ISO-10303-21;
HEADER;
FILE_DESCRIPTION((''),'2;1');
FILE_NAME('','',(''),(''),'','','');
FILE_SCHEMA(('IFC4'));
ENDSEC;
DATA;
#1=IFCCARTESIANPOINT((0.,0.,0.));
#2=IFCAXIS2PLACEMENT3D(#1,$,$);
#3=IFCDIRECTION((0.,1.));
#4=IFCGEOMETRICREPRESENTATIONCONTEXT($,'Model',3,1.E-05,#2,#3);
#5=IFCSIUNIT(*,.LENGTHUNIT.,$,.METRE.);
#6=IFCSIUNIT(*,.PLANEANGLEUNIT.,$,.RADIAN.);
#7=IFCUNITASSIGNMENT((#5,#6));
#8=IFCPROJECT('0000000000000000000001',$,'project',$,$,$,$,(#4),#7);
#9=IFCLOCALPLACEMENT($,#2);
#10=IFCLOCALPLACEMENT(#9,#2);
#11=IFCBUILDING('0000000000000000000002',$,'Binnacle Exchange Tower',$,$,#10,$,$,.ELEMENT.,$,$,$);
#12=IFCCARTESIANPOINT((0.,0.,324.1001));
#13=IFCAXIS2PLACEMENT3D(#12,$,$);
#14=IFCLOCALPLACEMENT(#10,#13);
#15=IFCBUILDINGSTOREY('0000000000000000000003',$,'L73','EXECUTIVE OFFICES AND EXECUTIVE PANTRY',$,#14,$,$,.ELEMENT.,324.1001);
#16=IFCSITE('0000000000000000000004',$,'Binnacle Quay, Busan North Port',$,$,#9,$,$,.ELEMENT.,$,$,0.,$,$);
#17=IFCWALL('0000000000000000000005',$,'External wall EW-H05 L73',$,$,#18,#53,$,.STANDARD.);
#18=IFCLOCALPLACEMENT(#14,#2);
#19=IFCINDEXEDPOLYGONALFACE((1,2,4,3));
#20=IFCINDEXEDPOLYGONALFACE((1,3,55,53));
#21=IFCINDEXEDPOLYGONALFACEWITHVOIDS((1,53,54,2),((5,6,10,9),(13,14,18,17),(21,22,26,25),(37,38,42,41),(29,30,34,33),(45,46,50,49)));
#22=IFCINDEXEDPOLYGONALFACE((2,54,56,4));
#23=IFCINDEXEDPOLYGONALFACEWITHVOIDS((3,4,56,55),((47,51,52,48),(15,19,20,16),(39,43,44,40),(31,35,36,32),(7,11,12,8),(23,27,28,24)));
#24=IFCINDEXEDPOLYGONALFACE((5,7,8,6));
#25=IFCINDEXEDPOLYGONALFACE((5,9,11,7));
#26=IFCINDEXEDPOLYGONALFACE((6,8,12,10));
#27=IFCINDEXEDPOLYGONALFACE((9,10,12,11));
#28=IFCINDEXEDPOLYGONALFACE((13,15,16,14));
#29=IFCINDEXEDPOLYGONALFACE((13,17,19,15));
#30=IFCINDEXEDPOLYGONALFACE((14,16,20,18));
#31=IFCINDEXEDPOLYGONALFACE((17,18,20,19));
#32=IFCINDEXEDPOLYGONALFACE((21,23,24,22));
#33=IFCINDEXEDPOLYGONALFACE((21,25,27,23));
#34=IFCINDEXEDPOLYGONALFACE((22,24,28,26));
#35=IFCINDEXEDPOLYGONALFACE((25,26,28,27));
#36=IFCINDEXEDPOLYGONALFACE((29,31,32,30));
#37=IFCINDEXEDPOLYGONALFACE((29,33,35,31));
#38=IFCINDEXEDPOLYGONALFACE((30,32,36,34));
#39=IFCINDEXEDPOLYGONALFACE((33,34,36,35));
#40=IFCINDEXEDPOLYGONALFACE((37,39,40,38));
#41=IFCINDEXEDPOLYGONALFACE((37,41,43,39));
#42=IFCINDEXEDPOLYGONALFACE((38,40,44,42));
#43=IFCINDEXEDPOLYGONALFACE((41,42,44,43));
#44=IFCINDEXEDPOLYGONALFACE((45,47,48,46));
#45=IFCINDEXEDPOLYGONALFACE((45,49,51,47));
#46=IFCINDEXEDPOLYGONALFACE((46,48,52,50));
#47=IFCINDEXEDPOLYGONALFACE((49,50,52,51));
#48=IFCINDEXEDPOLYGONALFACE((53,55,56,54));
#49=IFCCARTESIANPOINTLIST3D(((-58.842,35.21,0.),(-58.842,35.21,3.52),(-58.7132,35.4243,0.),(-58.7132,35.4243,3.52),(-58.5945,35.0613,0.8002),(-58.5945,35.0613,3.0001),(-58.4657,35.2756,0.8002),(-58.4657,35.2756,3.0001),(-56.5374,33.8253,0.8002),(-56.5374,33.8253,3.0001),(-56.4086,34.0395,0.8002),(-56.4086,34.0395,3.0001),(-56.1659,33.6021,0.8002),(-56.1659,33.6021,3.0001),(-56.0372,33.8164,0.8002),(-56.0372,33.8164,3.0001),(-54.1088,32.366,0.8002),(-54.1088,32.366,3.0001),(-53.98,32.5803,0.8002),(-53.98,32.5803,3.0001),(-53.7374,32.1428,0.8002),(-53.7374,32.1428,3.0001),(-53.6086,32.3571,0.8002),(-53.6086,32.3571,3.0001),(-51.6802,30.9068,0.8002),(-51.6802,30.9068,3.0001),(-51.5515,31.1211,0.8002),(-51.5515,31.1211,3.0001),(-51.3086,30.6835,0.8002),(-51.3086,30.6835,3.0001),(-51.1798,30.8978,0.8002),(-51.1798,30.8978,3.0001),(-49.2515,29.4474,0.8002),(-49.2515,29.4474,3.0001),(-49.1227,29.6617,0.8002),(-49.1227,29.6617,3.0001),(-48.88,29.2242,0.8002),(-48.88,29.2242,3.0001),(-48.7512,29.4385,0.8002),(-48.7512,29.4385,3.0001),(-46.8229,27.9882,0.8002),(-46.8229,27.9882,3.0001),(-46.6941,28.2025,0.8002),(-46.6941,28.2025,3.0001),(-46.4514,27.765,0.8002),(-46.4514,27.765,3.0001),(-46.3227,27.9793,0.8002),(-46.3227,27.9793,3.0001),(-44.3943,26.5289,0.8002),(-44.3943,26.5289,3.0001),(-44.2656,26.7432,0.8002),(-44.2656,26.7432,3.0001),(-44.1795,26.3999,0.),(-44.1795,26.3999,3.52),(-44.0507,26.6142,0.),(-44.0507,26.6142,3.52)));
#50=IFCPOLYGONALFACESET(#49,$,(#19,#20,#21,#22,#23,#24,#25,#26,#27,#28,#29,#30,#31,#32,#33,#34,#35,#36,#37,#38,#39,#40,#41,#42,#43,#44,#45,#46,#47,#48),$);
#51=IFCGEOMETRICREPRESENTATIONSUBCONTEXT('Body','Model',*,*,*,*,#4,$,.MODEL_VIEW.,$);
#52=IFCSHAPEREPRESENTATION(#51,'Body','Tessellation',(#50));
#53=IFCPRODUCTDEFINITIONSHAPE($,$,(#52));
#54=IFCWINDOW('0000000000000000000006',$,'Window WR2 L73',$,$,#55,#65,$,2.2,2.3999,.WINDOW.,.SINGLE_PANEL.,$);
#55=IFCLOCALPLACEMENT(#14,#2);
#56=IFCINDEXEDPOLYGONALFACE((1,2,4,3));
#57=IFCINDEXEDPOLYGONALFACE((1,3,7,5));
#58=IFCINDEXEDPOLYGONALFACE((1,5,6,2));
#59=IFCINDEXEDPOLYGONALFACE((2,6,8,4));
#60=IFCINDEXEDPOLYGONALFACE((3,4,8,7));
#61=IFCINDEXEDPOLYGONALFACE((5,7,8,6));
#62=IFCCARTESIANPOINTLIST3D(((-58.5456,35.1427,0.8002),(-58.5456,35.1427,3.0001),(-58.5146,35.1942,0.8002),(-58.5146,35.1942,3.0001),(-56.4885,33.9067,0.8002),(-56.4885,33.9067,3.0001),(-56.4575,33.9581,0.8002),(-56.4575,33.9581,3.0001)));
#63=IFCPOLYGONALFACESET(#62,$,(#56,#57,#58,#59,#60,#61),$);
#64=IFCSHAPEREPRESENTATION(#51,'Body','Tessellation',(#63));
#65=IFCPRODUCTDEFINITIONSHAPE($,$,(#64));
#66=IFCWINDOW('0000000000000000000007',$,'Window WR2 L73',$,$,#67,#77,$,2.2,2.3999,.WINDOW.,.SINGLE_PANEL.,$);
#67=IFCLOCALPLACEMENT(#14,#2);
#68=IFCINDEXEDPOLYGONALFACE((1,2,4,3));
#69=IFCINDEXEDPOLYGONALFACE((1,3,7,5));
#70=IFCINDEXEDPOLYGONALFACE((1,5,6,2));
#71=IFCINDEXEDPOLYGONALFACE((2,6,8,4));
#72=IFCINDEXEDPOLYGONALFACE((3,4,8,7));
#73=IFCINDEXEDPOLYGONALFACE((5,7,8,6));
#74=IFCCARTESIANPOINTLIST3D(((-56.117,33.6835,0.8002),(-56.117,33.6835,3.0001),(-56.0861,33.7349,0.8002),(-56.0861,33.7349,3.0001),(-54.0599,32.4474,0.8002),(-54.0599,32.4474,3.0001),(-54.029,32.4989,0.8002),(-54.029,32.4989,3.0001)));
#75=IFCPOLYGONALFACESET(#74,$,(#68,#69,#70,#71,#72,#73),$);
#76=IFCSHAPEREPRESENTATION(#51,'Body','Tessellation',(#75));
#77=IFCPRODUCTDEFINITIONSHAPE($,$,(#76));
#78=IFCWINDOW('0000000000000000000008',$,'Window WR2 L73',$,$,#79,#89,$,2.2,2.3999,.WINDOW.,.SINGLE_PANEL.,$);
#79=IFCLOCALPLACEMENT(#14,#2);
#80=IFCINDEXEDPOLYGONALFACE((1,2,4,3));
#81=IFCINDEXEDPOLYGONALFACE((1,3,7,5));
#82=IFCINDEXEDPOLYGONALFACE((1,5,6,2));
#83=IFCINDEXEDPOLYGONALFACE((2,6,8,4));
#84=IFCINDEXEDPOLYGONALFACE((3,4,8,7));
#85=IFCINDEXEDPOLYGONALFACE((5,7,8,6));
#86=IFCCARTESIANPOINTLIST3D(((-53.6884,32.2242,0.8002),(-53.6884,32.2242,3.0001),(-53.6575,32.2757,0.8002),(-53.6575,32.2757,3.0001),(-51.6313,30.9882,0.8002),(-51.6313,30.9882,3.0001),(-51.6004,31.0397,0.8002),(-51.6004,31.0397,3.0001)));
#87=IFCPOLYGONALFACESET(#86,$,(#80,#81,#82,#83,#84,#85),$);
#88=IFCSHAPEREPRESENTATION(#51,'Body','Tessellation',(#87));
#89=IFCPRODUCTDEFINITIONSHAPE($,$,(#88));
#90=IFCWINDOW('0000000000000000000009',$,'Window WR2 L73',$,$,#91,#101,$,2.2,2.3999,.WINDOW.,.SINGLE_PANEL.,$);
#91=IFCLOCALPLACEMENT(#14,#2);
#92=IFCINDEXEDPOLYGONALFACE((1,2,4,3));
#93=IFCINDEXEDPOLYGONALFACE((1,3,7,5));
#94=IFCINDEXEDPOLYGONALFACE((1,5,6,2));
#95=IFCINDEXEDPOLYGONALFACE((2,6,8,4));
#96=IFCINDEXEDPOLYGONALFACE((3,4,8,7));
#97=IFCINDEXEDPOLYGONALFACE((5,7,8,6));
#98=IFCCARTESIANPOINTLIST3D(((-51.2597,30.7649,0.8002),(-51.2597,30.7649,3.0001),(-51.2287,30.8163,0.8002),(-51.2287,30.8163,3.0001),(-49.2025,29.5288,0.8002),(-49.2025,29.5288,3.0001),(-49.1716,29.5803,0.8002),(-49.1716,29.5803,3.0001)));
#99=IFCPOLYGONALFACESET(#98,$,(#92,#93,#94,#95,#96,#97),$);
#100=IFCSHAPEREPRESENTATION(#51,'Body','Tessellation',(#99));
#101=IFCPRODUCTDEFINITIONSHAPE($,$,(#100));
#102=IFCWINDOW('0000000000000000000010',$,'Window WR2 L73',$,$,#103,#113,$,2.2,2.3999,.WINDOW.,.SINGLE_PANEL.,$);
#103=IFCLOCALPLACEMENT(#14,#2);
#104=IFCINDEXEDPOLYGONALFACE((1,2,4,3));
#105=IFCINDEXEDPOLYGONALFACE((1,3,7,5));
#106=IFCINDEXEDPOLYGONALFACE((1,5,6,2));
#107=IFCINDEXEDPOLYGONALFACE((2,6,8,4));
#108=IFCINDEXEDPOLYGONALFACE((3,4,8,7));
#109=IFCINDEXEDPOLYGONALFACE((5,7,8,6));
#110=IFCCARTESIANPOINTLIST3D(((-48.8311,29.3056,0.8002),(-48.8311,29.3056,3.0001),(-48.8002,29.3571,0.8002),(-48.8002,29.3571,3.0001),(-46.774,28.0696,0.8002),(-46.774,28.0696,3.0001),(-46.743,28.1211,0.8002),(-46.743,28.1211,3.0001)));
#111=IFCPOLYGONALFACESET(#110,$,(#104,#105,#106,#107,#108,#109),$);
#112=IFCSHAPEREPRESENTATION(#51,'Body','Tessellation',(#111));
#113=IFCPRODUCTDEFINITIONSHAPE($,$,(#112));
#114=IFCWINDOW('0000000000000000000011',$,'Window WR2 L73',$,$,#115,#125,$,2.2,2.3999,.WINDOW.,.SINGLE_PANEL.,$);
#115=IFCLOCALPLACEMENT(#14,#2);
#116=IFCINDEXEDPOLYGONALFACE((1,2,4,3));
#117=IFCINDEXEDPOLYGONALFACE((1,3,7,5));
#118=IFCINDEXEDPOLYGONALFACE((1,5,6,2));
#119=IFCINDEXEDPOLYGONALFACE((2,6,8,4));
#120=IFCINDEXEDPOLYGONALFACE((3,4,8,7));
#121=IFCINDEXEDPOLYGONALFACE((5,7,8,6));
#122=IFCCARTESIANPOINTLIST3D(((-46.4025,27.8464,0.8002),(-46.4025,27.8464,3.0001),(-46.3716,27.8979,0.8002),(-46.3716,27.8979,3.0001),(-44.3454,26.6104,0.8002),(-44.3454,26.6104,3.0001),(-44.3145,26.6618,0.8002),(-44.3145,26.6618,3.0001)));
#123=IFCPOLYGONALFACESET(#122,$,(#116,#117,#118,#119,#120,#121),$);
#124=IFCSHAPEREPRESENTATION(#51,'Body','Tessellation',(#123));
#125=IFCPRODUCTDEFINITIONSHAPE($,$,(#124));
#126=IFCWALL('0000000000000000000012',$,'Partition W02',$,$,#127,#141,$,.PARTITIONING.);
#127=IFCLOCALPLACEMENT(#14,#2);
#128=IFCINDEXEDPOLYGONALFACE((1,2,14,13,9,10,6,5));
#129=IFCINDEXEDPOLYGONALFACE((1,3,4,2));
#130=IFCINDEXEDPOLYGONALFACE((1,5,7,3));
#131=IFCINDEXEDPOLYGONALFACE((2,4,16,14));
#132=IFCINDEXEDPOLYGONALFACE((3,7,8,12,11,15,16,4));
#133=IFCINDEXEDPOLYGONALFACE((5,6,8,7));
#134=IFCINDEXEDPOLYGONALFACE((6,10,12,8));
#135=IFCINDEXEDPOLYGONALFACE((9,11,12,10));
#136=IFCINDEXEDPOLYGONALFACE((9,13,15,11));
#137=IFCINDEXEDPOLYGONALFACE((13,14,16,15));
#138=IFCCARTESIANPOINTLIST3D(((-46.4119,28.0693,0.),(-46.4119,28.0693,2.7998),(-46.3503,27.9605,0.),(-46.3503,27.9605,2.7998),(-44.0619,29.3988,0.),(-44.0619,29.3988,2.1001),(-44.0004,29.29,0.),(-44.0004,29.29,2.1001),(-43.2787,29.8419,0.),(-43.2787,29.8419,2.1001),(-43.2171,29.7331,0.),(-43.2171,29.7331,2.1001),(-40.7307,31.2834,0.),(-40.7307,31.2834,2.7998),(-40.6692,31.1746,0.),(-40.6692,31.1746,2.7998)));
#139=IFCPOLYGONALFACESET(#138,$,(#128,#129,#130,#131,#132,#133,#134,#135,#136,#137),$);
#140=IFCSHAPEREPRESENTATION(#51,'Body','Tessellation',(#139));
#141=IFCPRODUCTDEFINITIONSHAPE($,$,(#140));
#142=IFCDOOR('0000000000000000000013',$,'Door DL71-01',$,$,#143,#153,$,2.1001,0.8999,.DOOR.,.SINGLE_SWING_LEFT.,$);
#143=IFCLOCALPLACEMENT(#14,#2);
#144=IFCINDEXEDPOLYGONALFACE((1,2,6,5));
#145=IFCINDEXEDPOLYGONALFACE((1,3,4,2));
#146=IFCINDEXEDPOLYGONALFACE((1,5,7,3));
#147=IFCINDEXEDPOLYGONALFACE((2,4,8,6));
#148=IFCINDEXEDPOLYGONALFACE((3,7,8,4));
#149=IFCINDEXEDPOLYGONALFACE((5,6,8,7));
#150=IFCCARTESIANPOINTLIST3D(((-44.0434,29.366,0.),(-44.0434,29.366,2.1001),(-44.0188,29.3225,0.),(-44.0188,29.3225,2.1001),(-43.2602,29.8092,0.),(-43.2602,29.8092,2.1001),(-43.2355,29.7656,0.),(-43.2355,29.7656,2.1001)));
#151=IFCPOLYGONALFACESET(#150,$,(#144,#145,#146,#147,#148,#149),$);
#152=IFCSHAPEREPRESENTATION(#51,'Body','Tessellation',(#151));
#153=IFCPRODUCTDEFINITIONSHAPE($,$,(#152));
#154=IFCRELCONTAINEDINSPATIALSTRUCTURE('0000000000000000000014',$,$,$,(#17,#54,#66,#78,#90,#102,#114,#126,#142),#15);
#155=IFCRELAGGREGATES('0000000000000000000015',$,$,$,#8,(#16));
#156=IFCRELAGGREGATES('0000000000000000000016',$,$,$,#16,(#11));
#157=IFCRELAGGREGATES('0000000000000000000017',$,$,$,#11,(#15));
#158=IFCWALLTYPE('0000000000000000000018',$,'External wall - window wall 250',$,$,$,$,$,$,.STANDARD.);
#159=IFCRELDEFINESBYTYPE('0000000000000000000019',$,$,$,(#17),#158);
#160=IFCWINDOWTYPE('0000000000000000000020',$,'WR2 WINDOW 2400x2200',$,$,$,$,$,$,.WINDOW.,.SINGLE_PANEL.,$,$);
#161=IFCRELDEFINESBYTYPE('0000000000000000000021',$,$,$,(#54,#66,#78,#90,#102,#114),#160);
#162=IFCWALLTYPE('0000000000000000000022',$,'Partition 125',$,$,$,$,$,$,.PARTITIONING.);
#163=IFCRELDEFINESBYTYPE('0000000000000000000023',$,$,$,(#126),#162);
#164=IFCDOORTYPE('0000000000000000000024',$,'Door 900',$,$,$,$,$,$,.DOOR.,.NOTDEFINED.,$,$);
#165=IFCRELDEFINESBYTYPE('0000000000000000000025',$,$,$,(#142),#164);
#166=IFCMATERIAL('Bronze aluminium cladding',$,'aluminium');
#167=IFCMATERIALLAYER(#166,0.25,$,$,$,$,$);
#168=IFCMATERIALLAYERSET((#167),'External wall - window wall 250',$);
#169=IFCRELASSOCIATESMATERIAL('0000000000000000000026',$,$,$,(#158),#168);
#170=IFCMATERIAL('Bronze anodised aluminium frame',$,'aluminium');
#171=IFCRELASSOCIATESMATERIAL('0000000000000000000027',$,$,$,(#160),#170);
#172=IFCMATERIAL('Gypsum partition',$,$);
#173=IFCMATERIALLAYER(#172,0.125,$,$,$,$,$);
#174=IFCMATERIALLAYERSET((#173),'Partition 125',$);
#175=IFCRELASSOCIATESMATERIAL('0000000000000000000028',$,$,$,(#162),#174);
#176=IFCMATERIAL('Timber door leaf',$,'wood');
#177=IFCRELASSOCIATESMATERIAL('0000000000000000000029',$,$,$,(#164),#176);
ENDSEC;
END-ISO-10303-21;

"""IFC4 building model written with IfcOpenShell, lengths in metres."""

from ifc_helpers import new_model, si_unit, direction, frame, frame_2d, origin, place, context, subcontext, project, spatial, rectangle, extrude, material, layer, layer_set, type_object, element, fill, save


model = new_model("IFC4")

# Units and contexts
model_context = context("Model", 3, precision=1e-05, world=origin(), true_north=direction((0.0, 1.0)))
body_context = subcontext(model_context, "Body", "Model", "MODEL_VIEW")
ifc_project = project(units=[si_unit("LENGTHUNIT", "METRE"), si_unit("PLANEANGLEUNIT", "RADIAN")], contexts=[model_context])

# Site, building, storey
site_placement = place(None, origin())
site = spatial("IfcSite", under=ifc_project, at=site_placement, Name="Binnacle Quay, Busan North Port", CompositionType="ELEMENT", RefElevation=0.0)
building_placement = place(site_placement, origin())
building = spatial("IfcBuilding", under=site, at=building_placement, Name="Binnacle Exchange Tower", CompositionType="ELEMENT")
storey_placement = place(building_placement, frame((0.0, 0.0, 324.1001)))
storey = spatial("IfcBuildingStorey", under=building, at=storey_placement, Name="L73", Description="EXECUTIVE OFFICES AND EXECUTIVE PANTRY", CompositionType="ELEMENT", Elevation=324.1001)

# Shared definitions
ifc_material_1 = material(Name="Bronze anodised aluminium frame", Category="aluminium")

# Shared definitions
ifc_material_2 = material(Name="Bronze aluminium cladding", Category="aluminium")
ifc_layer_1 = layer(ifc_material_2, 0.25)
ifc_layer_set_1 = layer_set([ifc_layer_1], Name="External wall - window wall 250")
wall_type_1 = type_object("IfcWallType", Name="External wall - window wall 250", PredefinedType="STANDARD", material=ifc_layer_set_1)

# Wall, openings, windows
wall_1_placement = place(storey_placement, frame((-44.1152, 26.5071, 0.0), z_axis=(0.0, 0.0, 1.0), x_axis=(-0.857167, 0.515039, 0.0)))
wall_1 = element("IfcWall", 1, at=wall_1_placement, inside=storey, type_object=wall_type_1, Name="External wall EW-H05 L73", PredefinedType="STANDARD", context=body_context, shape_type="SweptSolid", body=[
    extrude(rectangle(XDim=17.1057, YDim=0.25, at=frame_2d((8.5527, 0.0))), origin(), (0.0, 0.0, 1.0), 3.52),
])
opening_1_placement = place(wall_1_placement, frame((14.417, 0.0, 0.8)))
opening_1 = element("IfcOpeningElement", 2, at=opening_1_placement, cuts=wall_1, PredefinedType="OPENING", context=body_context, shape_type="SweptSolid", body=[
    extrude(rectangle(XDim=2.3999, YDim=2.2, at=frame_2d((1.2, 1.1001))), frame((0.0, 0.135, 0.0), z_axis=(0.0, -1.0, 0.0), x_axis=(1.0, 0.0, 0.0)), (0.0, 0.0, 1.0), 0.27),
])
opening_2_placement = place(wall_1_placement, frame((11.5837, 0.0, 0.8)))
opening_2 = element("IfcOpeningElement", 3, at=opening_2_placement, cuts=wall_1, PredefinedType="OPENING", context=body_context, shape_type="SweptSolid", body=[
    extrude(rectangle(XDim=2.3999, YDim=2.2, at=frame_2d((1.2, 1.1001))), frame((0.0, 0.135, 0.0), z_axis=(0.0, -1.0, 0.0), x_axis=(1.0, 0.0, 0.0)), (0.0, 0.0, 1.0), 0.27),
])
opening_3_placement = place(wall_1_placement, frame((8.7505, 0.0, 0.8)))
opening_3 = element("IfcOpeningElement", 4, at=opening_3_placement, cuts=wall_1, PredefinedType="OPENING", context=body_context, shape_type="SweptSolid", body=[
    extrude(rectangle(XDim=2.3999, YDim=2.2, at=frame_2d((1.2, 1.1001))), frame((0.0, 0.135, 0.0), z_axis=(0.0, -1.0, 0.0), x_axis=(1.0, 0.0, 0.0)), (0.0, 0.0, 1.0), 0.27),
])
opening_4_placement = place(wall_1_placement, frame((5.917, 0.0, 0.8)))
opening_4 = element("IfcOpeningElement", 5, at=opening_4_placement, cuts=wall_1, PredefinedType="OPENING", context=body_context, shape_type="SweptSolid", body=[
    extrude(rectangle(XDim=2.3999, YDim=2.2, at=frame_2d((1.2, 1.1001))), frame((0.0, 0.135, 0.0), z_axis=(0.0, -1.0, 0.0), x_axis=(1.0, 0.0, 0.0)), (0.0, 0.0, 1.0), 0.27),
])
opening_5_placement = place(wall_1_placement, frame((3.0837, 0.0, 0.8)))
opening_5 = element("IfcOpeningElement", 6, at=opening_5_placement, cuts=wall_1, PredefinedType="OPENING", context=body_context, shape_type="SweptSolid", body=[
    extrude(rectangle(XDim=2.3999, YDim=2.2, at=frame_2d((1.2, 1.1001))), frame((0.0, 0.135, 0.0), z_axis=(0.0, -1.0, 0.0), x_axis=(1.0, 0.0, 0.0)), (0.0, 0.0, 1.0), 0.27),
])
opening_6_placement = place(wall_1_placement, frame((0.2505, 0.0, 0.8)))
opening_6 = element("IfcOpeningElement", 7, at=opening_6_placement, cuts=wall_1, PredefinedType="OPENING", context=body_context, shape_type="SweptSolid", body=[
    extrude(rectangle(XDim=2.3999, YDim=2.2, at=frame_2d((1.2, 1.1001))), frame((0.0, 0.135, 0.0), z_axis=(0.0, -1.0, 0.0), x_axis=(1.0, 0.0, 0.0)), (0.0, 0.0, 1.0), 0.27),
])
window_type = type_object("IfcWindowType", Name="WR2 WINDOW 2400x2200", PartitioningType="SINGLE_PANEL", PredefinedType="WINDOW", material=ifc_material_1)
window_1_placement = place(opening_1_placement, origin())
window_1 = element("IfcWindow", 8, at=window_1_placement, inside=storey, type_object=window_type, Name="Window WR2 L73", OverallHeight=2.2, OverallWidth=2.3999, PartitioningType="SINGLE_PANEL", PredefinedType="WINDOW", context=body_context, shape_type="SweptSolid", body=[
    extrude(rectangle(XDim=2.3999, YDim=2.2, at=frame_2d((1.2, 1.1001))), frame((0.0, 0.03, 0.0), z_axis=(0.0, -1.0, 0.0), x_axis=(1.0, 0.0, 0.0)), (0.0, 0.0, 1.0), 0.0601),
])
fill(opening_1, window_1)
window_2_placement = place(opening_2_placement, origin())
window_2 = element("IfcWindow", 9, at=window_2_placement, inside=storey, type_object=window_type, Name="Window WR2 L73", OverallHeight=2.2, OverallWidth=2.3999, PartitioningType="SINGLE_PANEL", PredefinedType="WINDOW", context=body_context, shape_type="SweptSolid", body=[
    extrude(rectangle(XDim=2.3999, YDim=2.2, at=frame_2d((1.2, 1.1001))), frame((0.0, 0.03, 0.0), z_axis=(0.0, -1.0, 0.0), x_axis=(1.0, 0.0, 0.0)), (0.0, 0.0, 1.0), 0.0601),
])
fill(opening_2, window_2)
window_3_placement = place(opening_3_placement, origin())
window_3 = element("IfcWindow", 10, at=window_3_placement, inside=storey, type_object=window_type, Name="Window WR2 L73", OverallHeight=2.2, OverallWidth=2.3999, PartitioningType="SINGLE_PANEL", PredefinedType="WINDOW", context=body_context, shape_type="SweptSolid", body=[
    extrude(rectangle(XDim=2.3999, YDim=2.2, at=frame_2d((1.2, 1.1001))), frame((0.0, 0.03, 0.0), z_axis=(0.0, -1.0, 0.0), x_axis=(1.0, 0.0, 0.0)), (0.0, 0.0, 1.0), 0.0601),
])
fill(opening_3, window_3)
window_4_placement = place(opening_4_placement, origin())
window_4 = element("IfcWindow", 11, at=window_4_placement, inside=storey, type_object=window_type, Name="Window WR2 L73", OverallHeight=2.2, OverallWidth=2.3999, PartitioningType="SINGLE_PANEL", PredefinedType="WINDOW", context=body_context, shape_type="SweptSolid", body=[
    extrude(rectangle(XDim=2.3999, YDim=2.2, at=frame_2d((1.2, 1.1001))), frame((0.0, 0.03, 0.0), z_axis=(0.0, -1.0, 0.0), x_axis=(1.0, 0.0, 0.0)), (0.0, 0.0, 1.0), 0.0601),
])
fill(opening_4, window_4)
window_5_placement = place(opening_5_placement, origin())
window_5 = element("IfcWindow", 12, at=window_5_placement, inside=storey, type_object=window_type, Name="Window WR2 L73", OverallHeight=2.2, OverallWidth=2.3999, PartitioningType="SINGLE_PANEL", PredefinedType="WINDOW", context=body_context, shape_type="SweptSolid", body=[
    extrude(rectangle(XDim=2.3999, YDim=2.2, at=frame_2d((1.2, 1.1001))), frame((0.0, 0.03, 0.0), z_axis=(0.0, -1.0, 0.0), x_axis=(1.0, 0.0, 0.0)), (0.0, 0.0, 1.0), 0.0601),
])
fill(opening_5, window_5)
window_6_placement = place(opening_6_placement, origin())
window_6 = element("IfcWindow", 13, at=window_6_placement, inside=storey, type_object=window_type, Name="Window WR2 L73", OverallHeight=2.2, OverallWidth=2.3999, PartitioningType="SINGLE_PANEL", PredefinedType="WINDOW", context=body_context, shape_type="SweptSolid", body=[
    extrude(rectangle(XDim=2.3999, YDim=2.2, at=frame_2d((1.2, 1.1001))), frame((0.0, 0.03, 0.0), z_axis=(0.0, -1.0, 0.0), x_axis=(1.0, 0.0, 0.0)), (0.0, 0.0, 1.0), 0.0601),
])
fill(opening_6, window_6)

# Wall, opening, door
ifc_material_3 = material(Name="Gypsum partition")
ifc_layer_2 = layer(ifc_material_3, 0.125)
ifc_layer_set_2 = layer_set([ifc_layer_2], Name="Partition 125")
wall_type_2 = type_object("IfcWallType", Name="Partition 125", PredefinedType="PARTITIONING", material=ifc_layer_set_2)
wall_2_placement = place(storey_placement, frame((-46.3811, 28.0149, 0.0), z_axis=(0.0, 0.0, 1.0), x_axis=(0.870364, 0.492408, 0.0)))
wall_2 = element("IfcWall", 14, at=wall_2_placement, inside=storey, type_object=wall_type_2, Name="Partition W02", PredefinedType="PARTITIONING", context=body_context, shape_type="SweptSolid", body=[
    extrude(rectangle(XDim=6.5273, YDim=0.125, at=frame_2d((3.2637, 0.0))), origin(), (0.0, 0.0, 1.0), 2.7998),
])
opening_7_placement = place(wall_2_placement, frame((2.7, 0.0, 0.0)))
opening_7 = element("IfcOpeningElement", 15, at=opening_7_placement, cuts=wall_2, PredefinedType="OPENING", context=body_context, shape_type="SweptSolid", body=[
    extrude(rectangle(XDim=0.8999, YDim=2.1001, at=frame_2d((0.45, 1.05))), frame((0.0, 0.0725, 0.0), z_axis=(0.0, -1.0, 0.0), x_axis=(1.0, 0.0, 0.0)), (0.0, 0.0, 1.0), 0.145),
])
ifc_material_4 = material(Name="Timber door leaf", Category="wood")
door_type_1 = type_object("IfcDoorType", Name="Door 900", OperationType="NOTDEFINED", PredefinedType="DOOR", material=ifc_material_4)
door_1_placement = place(opening_7_placement, origin())
door_1 = element("IfcDoor", 16, at=door_1_placement, inside=storey, type_object=door_type_1, Name="Door DL71-01", OperationType="SINGLE_SWING_LEFT", OverallHeight=2.1001, OverallWidth=0.8999, PredefinedType="DOOR", context=body_context, shape_type="SweptSolid", body=[
    extrude(rectangle(XDim=0.8999, YDim=2.1001, at=frame_2d((0.45, 1.05))), frame((0.0, 0.0249, 0.0), z_axis=(0.0, -1.0, 0.0), x_axis=(1.0, 0.0, 0.0)), (0.0, 0.0, 1.0), 0.05),
])
fill(opening_7, door_1)

save(model, "model.ifc")
